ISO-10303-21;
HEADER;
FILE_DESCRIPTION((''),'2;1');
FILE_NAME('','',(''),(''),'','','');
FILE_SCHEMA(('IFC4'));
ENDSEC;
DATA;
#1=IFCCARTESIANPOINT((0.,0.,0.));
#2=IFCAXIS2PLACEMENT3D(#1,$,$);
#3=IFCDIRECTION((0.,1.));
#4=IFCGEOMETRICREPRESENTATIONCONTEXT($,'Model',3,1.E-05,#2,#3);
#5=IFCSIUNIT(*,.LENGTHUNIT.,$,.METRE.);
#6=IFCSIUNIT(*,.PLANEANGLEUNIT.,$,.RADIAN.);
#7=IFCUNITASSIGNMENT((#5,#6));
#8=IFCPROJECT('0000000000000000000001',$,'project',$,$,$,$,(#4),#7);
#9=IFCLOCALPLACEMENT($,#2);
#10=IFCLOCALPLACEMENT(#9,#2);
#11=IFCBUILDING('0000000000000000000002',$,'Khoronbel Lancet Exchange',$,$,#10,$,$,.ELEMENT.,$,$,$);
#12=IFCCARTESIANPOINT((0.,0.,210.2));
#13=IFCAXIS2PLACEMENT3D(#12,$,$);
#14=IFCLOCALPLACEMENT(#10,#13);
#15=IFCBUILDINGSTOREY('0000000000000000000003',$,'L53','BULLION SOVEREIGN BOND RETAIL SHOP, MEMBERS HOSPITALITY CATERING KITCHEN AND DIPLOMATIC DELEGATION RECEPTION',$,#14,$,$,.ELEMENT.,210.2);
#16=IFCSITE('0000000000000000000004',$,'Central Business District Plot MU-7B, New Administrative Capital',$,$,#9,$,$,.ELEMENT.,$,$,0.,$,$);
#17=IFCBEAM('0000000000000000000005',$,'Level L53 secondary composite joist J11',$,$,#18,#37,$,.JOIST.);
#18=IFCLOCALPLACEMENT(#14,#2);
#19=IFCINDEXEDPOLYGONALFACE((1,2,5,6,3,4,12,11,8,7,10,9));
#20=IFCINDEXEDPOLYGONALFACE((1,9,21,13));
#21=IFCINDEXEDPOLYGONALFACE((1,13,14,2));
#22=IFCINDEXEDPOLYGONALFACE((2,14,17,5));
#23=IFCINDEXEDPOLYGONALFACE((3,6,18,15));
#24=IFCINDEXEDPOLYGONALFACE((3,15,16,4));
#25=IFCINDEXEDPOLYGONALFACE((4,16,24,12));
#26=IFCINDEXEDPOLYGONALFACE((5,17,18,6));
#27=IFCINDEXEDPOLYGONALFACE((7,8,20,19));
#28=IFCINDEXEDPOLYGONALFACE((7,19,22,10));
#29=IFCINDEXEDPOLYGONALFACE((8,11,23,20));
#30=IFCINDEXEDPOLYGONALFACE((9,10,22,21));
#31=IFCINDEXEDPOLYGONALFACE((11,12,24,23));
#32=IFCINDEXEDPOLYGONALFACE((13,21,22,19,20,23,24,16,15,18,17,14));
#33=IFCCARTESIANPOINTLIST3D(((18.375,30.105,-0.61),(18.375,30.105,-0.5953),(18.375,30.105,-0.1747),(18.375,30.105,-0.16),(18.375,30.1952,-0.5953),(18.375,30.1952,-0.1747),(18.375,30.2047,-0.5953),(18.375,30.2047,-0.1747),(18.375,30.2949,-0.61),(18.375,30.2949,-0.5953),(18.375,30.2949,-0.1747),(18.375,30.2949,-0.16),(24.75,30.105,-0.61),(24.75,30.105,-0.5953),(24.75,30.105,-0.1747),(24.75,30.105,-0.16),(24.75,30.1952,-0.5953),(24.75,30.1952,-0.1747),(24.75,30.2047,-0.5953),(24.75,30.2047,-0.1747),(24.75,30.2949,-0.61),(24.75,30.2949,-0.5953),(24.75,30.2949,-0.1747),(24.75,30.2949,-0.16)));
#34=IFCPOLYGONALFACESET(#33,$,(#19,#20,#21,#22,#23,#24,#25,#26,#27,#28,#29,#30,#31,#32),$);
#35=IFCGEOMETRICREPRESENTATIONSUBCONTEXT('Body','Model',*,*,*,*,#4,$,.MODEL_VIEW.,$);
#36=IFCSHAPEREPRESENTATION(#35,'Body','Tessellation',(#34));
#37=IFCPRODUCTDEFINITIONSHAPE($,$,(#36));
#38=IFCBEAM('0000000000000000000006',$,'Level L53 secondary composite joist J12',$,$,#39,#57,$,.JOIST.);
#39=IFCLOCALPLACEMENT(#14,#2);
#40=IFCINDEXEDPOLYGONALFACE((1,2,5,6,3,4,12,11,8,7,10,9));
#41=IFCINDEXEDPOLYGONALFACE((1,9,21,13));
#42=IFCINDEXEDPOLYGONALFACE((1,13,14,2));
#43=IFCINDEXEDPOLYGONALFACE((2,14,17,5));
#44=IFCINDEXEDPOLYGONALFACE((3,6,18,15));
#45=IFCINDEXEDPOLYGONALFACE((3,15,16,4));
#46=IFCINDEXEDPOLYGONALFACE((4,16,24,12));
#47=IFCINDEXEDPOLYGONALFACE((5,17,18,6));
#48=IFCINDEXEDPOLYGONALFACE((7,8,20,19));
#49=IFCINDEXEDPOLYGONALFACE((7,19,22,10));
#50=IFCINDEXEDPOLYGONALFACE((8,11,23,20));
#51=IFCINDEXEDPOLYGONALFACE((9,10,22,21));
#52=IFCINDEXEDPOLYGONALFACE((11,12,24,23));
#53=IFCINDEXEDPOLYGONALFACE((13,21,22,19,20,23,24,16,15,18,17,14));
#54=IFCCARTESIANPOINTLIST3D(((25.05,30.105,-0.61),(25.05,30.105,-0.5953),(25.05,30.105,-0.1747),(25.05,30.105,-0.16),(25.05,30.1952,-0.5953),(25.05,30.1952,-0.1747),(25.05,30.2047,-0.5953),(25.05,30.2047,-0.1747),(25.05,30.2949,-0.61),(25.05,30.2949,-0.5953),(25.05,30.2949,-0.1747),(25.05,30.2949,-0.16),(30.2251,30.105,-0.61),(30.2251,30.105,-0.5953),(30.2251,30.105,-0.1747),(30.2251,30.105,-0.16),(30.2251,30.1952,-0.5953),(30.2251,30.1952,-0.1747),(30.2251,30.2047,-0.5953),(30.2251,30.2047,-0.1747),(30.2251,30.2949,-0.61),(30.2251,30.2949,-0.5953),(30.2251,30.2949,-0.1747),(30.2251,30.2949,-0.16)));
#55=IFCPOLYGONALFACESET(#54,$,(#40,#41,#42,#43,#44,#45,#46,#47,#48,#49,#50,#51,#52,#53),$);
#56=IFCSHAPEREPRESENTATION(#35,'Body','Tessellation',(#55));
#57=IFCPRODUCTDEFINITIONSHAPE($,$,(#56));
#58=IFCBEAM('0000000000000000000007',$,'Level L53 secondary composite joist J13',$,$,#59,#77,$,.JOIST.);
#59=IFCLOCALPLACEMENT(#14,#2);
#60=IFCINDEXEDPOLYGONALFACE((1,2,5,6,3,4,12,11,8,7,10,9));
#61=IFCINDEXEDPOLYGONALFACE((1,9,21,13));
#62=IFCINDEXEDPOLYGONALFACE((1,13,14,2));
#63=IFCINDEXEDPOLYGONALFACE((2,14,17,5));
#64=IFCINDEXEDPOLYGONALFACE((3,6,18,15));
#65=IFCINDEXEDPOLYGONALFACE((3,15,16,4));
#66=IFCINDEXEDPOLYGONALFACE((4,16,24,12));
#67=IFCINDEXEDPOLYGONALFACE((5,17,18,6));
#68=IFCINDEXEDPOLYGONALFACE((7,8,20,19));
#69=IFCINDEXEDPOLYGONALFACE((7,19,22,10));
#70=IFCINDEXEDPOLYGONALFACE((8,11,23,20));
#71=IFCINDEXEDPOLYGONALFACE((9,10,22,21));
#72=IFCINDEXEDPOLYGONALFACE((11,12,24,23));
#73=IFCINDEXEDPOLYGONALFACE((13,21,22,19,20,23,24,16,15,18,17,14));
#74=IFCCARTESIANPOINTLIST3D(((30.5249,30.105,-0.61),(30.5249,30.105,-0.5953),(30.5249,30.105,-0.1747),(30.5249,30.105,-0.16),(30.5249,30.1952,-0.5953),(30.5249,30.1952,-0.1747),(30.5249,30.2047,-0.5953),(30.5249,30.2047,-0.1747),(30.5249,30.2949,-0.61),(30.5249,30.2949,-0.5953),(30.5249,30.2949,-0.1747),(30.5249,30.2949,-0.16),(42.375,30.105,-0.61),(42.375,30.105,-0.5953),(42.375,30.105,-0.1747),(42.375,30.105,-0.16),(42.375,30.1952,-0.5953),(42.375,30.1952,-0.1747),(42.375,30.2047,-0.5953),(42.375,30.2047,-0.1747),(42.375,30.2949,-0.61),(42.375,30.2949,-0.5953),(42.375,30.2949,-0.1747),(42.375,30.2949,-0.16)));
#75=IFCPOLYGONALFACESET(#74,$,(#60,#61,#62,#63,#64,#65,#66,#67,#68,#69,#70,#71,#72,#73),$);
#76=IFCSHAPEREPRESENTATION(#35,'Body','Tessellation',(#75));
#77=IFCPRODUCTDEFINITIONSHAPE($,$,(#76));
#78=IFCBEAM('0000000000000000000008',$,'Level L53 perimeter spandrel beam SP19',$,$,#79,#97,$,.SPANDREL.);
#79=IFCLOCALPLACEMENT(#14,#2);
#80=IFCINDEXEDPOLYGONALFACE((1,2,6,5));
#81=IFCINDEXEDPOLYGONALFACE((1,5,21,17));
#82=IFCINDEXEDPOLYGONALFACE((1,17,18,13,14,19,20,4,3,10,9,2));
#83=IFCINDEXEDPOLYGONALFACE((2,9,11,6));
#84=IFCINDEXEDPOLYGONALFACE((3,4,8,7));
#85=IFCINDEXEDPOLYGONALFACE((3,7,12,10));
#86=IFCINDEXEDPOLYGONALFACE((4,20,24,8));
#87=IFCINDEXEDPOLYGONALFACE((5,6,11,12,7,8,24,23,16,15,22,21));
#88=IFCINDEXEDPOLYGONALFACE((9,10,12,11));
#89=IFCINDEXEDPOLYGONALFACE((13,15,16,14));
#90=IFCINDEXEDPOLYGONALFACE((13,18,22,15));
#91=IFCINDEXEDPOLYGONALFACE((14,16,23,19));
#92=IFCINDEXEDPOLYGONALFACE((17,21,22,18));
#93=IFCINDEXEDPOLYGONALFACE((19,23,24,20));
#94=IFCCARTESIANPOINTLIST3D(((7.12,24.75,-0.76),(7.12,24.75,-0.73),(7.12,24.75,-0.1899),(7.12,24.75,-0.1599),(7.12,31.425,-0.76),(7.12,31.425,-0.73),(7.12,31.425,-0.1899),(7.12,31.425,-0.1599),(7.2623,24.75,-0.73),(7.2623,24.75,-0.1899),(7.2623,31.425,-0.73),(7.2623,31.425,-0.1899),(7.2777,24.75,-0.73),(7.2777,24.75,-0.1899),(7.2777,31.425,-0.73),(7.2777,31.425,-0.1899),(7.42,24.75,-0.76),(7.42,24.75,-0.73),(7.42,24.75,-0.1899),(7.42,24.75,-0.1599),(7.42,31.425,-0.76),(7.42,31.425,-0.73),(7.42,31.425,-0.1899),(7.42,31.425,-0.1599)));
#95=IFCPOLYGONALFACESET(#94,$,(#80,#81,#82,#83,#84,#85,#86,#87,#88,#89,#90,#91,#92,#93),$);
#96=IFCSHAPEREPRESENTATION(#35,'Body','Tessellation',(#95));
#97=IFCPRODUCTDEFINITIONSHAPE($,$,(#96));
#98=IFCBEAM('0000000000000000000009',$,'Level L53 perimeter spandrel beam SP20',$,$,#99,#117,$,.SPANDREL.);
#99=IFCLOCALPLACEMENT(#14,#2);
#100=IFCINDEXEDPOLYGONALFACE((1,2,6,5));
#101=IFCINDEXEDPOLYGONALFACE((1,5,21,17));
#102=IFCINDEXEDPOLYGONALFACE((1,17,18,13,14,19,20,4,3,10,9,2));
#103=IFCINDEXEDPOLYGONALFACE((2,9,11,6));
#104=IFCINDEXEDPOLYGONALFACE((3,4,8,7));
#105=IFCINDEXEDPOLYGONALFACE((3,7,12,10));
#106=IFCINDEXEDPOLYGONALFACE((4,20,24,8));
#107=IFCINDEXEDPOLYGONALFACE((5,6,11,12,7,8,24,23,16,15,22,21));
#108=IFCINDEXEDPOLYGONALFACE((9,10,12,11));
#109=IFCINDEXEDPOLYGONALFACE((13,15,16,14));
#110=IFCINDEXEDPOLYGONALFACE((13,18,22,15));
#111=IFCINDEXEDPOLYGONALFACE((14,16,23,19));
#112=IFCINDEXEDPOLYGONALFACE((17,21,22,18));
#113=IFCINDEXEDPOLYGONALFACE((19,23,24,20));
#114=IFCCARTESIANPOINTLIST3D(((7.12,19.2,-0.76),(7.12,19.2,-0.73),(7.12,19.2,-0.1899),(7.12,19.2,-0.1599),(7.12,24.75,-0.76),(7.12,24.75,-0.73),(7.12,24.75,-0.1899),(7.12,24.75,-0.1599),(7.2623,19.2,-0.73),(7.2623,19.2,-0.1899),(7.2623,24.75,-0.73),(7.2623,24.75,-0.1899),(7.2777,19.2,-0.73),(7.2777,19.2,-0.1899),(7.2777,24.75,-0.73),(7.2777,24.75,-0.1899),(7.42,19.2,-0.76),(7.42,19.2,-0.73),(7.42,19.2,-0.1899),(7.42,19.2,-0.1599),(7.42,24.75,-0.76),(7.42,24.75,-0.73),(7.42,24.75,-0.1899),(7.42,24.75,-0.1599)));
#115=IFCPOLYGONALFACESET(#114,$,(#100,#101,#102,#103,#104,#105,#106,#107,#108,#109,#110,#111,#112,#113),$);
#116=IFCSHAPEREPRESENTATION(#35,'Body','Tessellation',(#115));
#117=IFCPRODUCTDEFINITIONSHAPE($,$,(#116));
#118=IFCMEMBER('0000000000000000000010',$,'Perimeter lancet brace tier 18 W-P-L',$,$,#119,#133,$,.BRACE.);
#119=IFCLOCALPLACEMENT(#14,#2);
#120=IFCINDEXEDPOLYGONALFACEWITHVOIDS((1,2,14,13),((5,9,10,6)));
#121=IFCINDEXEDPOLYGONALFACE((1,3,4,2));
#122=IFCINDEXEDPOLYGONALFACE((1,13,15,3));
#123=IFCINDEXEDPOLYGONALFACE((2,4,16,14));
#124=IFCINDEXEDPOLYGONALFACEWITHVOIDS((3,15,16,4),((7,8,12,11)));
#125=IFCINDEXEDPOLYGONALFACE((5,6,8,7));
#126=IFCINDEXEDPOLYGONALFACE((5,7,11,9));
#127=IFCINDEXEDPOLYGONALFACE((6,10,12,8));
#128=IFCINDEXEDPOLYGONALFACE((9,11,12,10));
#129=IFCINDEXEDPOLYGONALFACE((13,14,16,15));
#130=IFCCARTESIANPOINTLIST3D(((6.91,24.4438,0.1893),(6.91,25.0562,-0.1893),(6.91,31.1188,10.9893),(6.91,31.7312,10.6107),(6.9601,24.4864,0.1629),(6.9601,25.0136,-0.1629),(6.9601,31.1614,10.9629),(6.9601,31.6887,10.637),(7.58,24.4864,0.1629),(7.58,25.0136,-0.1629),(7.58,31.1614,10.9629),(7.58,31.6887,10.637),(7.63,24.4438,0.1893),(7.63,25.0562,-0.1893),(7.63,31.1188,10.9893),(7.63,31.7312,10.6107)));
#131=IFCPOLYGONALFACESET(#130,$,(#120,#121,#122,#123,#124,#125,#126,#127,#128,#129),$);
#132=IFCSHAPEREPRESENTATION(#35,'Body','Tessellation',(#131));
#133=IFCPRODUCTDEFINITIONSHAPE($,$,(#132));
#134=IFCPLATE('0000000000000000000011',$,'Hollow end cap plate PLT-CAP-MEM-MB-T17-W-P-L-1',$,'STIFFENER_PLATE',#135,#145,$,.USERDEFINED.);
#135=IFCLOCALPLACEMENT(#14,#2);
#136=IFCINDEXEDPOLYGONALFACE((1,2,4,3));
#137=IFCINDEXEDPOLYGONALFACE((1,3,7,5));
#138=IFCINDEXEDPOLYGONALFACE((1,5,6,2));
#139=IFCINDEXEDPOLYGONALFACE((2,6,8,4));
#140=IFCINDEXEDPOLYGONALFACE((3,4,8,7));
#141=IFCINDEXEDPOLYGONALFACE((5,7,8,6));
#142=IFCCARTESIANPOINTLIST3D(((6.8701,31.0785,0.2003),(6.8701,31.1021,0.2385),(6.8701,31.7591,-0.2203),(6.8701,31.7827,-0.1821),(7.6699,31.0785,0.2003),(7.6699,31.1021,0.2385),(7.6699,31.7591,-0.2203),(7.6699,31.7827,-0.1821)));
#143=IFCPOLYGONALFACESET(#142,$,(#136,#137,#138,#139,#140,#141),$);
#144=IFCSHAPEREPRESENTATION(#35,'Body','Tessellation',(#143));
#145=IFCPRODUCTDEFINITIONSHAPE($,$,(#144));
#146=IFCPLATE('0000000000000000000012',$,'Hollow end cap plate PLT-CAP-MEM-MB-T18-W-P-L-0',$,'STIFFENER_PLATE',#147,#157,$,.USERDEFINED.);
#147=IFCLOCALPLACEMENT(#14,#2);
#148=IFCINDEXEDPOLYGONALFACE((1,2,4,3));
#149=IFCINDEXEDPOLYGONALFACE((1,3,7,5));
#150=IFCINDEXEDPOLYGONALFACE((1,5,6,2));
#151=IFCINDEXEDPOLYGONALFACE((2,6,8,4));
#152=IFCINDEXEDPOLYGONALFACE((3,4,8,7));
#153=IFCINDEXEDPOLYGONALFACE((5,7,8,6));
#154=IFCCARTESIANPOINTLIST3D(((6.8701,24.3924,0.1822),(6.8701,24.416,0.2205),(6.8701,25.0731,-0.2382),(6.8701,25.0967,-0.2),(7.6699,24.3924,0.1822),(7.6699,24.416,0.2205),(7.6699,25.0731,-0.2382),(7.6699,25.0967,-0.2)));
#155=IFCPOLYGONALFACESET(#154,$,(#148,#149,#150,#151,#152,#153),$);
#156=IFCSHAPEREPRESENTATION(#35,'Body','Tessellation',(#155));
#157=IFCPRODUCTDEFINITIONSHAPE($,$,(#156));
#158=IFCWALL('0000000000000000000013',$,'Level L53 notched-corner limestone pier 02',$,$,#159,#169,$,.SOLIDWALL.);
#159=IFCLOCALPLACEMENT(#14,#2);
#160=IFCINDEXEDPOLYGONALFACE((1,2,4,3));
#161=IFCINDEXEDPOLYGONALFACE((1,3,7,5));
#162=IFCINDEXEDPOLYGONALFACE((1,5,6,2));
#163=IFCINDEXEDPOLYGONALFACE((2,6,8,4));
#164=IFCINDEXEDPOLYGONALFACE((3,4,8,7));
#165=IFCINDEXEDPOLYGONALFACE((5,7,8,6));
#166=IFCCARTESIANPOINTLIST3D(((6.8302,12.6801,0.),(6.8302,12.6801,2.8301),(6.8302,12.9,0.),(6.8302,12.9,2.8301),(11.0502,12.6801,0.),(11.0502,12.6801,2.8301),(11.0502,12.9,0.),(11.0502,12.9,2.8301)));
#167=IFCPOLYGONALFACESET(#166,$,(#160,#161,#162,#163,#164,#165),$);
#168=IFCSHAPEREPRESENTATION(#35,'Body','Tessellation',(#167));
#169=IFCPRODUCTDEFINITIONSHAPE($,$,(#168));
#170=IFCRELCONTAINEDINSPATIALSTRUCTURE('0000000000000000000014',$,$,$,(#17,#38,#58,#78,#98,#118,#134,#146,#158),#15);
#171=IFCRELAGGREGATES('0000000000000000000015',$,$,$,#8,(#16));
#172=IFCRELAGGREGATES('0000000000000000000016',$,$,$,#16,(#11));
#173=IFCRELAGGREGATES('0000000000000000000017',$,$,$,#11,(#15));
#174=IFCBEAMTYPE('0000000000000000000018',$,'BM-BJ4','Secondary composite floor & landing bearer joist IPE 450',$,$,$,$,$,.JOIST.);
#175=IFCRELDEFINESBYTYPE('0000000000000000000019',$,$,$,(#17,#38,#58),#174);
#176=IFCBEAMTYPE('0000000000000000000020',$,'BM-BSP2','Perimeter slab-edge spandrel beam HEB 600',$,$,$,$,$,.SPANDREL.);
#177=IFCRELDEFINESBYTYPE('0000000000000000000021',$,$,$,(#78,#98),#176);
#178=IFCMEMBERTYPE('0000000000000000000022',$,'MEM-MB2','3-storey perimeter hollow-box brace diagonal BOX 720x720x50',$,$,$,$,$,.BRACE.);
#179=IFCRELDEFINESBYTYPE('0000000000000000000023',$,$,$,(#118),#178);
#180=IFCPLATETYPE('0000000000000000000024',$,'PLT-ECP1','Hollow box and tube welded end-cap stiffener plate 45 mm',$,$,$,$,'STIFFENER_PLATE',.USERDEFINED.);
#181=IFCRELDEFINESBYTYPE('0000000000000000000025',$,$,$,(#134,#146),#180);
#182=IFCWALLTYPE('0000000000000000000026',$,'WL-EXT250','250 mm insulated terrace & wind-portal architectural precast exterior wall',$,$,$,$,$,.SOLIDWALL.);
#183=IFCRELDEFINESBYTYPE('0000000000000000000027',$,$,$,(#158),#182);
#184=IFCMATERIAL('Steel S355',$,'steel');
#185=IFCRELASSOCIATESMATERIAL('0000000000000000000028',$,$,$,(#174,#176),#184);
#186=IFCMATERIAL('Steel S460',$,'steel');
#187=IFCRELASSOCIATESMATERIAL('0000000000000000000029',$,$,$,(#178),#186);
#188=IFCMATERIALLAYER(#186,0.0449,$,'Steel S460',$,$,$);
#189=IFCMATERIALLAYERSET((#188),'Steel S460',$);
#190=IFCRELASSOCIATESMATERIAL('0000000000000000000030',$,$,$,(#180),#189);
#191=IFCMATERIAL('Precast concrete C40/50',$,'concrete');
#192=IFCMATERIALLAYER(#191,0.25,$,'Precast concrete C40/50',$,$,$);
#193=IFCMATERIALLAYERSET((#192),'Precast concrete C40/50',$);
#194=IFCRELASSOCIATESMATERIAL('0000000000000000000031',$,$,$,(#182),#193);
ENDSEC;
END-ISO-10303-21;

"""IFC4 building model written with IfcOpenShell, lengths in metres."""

from ifc_helpers import new_model, si_unit, direction, frame, frame_2d, origin, origin_2d, place, context, subcontext, project, spatial, polyline, rectangle, hollow_rectangle, i_section, outline, extrude, material, layer, layer_set, material_profile, profile_set, type_object, element, save


model = new_model("IFC4")

# Units and contexts
model_context = context("Model", 3, precision=1e-05, world=origin(), true_north=direction((0.0, 1.0)))
body_context = subcontext(model_context, "Body", "Model", "MODEL_VIEW")
ifc_project = project(units=[si_unit("LENGTHUNIT", "METRE"), si_unit("PLANEANGLEUNIT", "RADIAN")], contexts=[model_context])

# Site, building, storey
site_placement = place(None, origin())
site = spatial("IfcSite", under=ifc_project, at=site_placement, Name="Central Business District Plot MU-7B, New Administrative Capital", CompositionType="ELEMENT", RefElevation=0.0)
building_placement = place(site_placement, origin())
building = spatial("IfcBuilding", under=site, at=building_placement, Name="Khoronbel Lancet Exchange", CompositionType="ELEMENT")
storey_placement = place(building_placement, frame((0.0, 0.0, 210.2)))
storey = spatial("IfcBuildingStorey", under=building, at=storey_placement, Name="L53", Description="BULLION SOVEREIGN BOND RETAIL SHOP, MEMBERS HOSPITALITY CATERING KITCHEN AND DIPLOMATIC DELEGATION RECEPTION", CompositionType="ELEMENT", Elevation=210.2)

# Shared definitions
ifc_material_1 = material(Name="Steel S355", Category="steel")

# Beams
ifc_material_profile_1 = material_profile(ifc_material_1, i_section(OverallWidth=0.1899, OverallDepth=0.45, WebThickness=0.0095, FlangeThickness=0.0146, at=origin_2d()), Name="IPE 450")
ifc_profile_set_1 = profile_set([ifc_material_profile_1], Name="Steel S355")
beam_type_1 = type_object("IfcBeamType", Name="BM-BJ4", Description="Secondary composite floor & landing bearer joist IPE 450", PredefinedType="JOIST", material=ifc_profile_set_1)
beam_1_placement = place(storey_placement, frame((18.375, 30.2, -0.385), z_axis=(1.0, 0.0, 0.0), x_axis=(0.0, 1.0, 0.0)))
element("IfcBeam", 1, at=beam_1_placement, inside=storey, type_object=beam_type_1, Name="Level L53 secondary composite joist J11", PredefinedType="JOIST", context=body_context, shape_type="SweptSolid", body=[
    extrude(i_section(OverallWidth=0.1899, OverallDepth=0.45, WebThickness=0.0095, FlangeThickness=0.0146, at=origin_2d()), origin(), (0.0, 0.0, 1.0), 6.375),
])
beam_2_placement = place(storey_placement, frame((25.05, 30.2, -0.385), z_axis=(1.0, 0.0, 0.0), x_axis=(0.0, 1.0, 0.0)))
element("IfcBeam", 2, at=beam_2_placement, inside=storey, type_object=beam_type_1, Name="Level L53 secondary composite joist J12", PredefinedType="JOIST", context=body_context, shape_type="SweptSolid", body=[
    extrude(i_section(OverallWidth=0.1899, OverallDepth=0.45, WebThickness=0.0095, FlangeThickness=0.0146, at=origin_2d()), origin(), (0.0, 0.0, 1.0), 5.175),
])
beam_3_placement = place(storey_placement, frame((30.5249, 30.2, -0.385), z_axis=(1.0, 0.0, 0.0), x_axis=(0.0, 1.0, 0.0)))
element("IfcBeam", 3, at=beam_3_placement, inside=storey, type_object=beam_type_1, Name="Level L53 secondary composite joist J13", PredefinedType="JOIST", context=body_context, shape_type="SweptSolid", body=[
    extrude(i_section(OverallWidth=0.1899, OverallDepth=0.45, WebThickness=0.0095, FlangeThickness=0.0146, at=origin_2d()), origin(), (0.0, 0.0, 1.0), 11.8501),
])
ifc_material_profile_2 = material_profile(ifc_material_1, i_section(OverallWidth=0.3, OverallDepth=0.6001, WebThickness=0.0154, FlangeThickness=0.03, at=origin_2d()), Name="HEB 600")
ifc_profile_set_2 = profile_set([ifc_material_profile_2], Name="Steel S355")
beam_type_2 = type_object("IfcBeamType", Name="BM-BSP2", Description="Perimeter slab-edge spandrel beam HEB 600", PredefinedType="SPANDREL", material=ifc_profile_set_2)
beam_4_placement = place(storey_placement, frame((7.27, 31.425, -0.46), z_axis=(0.0, -1.0, 0.0), x_axis=(1.0, 0.0, 0.0)))
element("IfcBeam", 4, at=beam_4_placement, inside=storey, type_object=beam_type_2, Name="Level L53 perimeter spandrel beam SP19", PredefinedType="SPANDREL", context=body_context, shape_type="SweptSolid", body=[
    extrude(i_section(OverallWidth=0.3, OverallDepth=0.6001, WebThickness=0.0154, FlangeThickness=0.03, at=origin_2d()), origin(), (0.0, 0.0, 1.0), 6.675),
])
beam_5_placement = place(storey_placement, frame((7.27, 24.75, -0.46), z_axis=(0.0, -1.0, 0.0), x_axis=(1.0, 0.0, 0.0)))
element("IfcBeam", 5, at=beam_5_placement, inside=storey, type_object=beam_type_2, Name="Level L53 perimeter spandrel beam SP20", PredefinedType="SPANDREL", context=body_context, shape_type="SweptSolid", body=[
    extrude(i_section(OverallWidth=0.3, OverallDepth=0.6001, WebThickness=0.0154, FlangeThickness=0.03, at=origin_2d()), origin(), (0.0, 0.0, 1.0), 5.55),
])

# Member
ifc_material_2 = material(Name="Steel S460", Category="steel")
ifc_material_profile_3 = material_profile(ifc_material_2, hollow_rectangle(XDim=0.72, YDim=0.72, WallThickness=0.05, at=origin_2d()), Name="BOX 720x720x50")
ifc_profile_set_3 = profile_set([ifc_material_profile_3], Name="Steel S460")
member_type = type_object("IfcMemberType", Name="MEM-MB2", Description="3-storey perimeter hollow-box brace diagonal BOX 720x720x50", PredefinedType="BRACE", material=ifc_profile_set_3)
member_placement = place(storey_placement, frame((7.27, 24.75, 0.0), z_axis=(0.0, 0.525745, 0.850642), x_axis=(-1.0, 0.0, 0.0)))
element("IfcMember", 6, at=member_placement, inside=storey, type_object=member_type, Name="Perimeter lancet brace tier 18 W-P-L", PredefinedType="BRACE", context=body_context, shape_type="SweptSolid", body=[
    extrude(hollow_rectangle(XDim=0.72, YDim=0.72, WallThickness=0.05, at=origin_2d()), origin(), (0.0, 0.0, 1.0), 12.6963),
])

# Plates
ifc_layer_1 = layer(ifc_material_2, 0.0449, Name="Steel S460")
ifc_layer_set_1 = layer_set([ifc_layer_1], Name="Steel S460")
plate_type = type_object("IfcPlateType", Name="PLT-ECP1", Description="Hollow box and tube welded end-cap stiffener plate 45 mm", ElementType="STIFFENER_PLATE", PredefinedType="USERDEFINED", material=ifc_layer_set_1)
for number, where, z_axis, x_axis, name in (
    (7, (7.6699, 31.7827, -0.1821), (0.0, 0.525714, 0.850662), (-1.0, 0.0, 0.0), "Hollow end cap plate PLT-CAP-MEM-MB-T17-W-P-L-1"),
    (8, (7.6699, 25.0967, -0.2), (0.0, 0.525493, 0.850798), (-1.0, 0.0, 0.0), "Hollow end cap plate PLT-CAP-MEM-MB-T18-W-P-L-0"),
):
    element("IfcPlate", number, at=place(storey_placement, frame(where, z_axis=z_axis, x_axis=x_axis)), inside=storey, type_object=plate_type, Name=name, ObjectType="STIFFENER_PLATE", PredefinedType="USERDEFINED", context=body_context, shape_type="SweptSolid", body=[
        extrude(outline(polyline([(0.0, 0.0), (0.7998, 0.0), (0.7998, 0.8), (0.0, 0.8), (0.0, 0.0)])), origin(), (0.0, 0.0, -1.0), 0.0449),
    ])

# Wall
ifc_material_3 = material(Name="Precast concrete C40/50", Category="concrete")
ifc_layer_2 = layer(ifc_material_3, 0.25, Name="Precast concrete C40/50")
ifc_layer_set_2 = layer_set([ifc_layer_2], Name="Precast concrete C40/50")
wall_type_1 = type_object("IfcWallType", Name="WL-EXT250", Description="250 mm insulated terrace & wind-portal architectural precast exterior wall", PredefinedType="SOLIDWALL", material=ifc_layer_set_2)
wall_1_placement = place(storey_placement, frame((11.05, 12.79, 0.0), z_axis=(0.0, 0.0, 1.0), x_axis=(-1.0, 0.0, 0.0)))
element("IfcWall", 9, at=wall_1_placement, inside=storey, type_object=wall_type_1, Name="Level L53 notched-corner limestone pier 02", PredefinedType="SOLIDWALL", context=body_context, shape_type="SweptSolid", body=[
    extrude(rectangle(XDim=4.22, YDim=0.22, at=frame_2d((2.1099, 0.0))), origin(), (0.0, 0.0, 1.0), 2.8301),
])

save(model, "model.ifc")
